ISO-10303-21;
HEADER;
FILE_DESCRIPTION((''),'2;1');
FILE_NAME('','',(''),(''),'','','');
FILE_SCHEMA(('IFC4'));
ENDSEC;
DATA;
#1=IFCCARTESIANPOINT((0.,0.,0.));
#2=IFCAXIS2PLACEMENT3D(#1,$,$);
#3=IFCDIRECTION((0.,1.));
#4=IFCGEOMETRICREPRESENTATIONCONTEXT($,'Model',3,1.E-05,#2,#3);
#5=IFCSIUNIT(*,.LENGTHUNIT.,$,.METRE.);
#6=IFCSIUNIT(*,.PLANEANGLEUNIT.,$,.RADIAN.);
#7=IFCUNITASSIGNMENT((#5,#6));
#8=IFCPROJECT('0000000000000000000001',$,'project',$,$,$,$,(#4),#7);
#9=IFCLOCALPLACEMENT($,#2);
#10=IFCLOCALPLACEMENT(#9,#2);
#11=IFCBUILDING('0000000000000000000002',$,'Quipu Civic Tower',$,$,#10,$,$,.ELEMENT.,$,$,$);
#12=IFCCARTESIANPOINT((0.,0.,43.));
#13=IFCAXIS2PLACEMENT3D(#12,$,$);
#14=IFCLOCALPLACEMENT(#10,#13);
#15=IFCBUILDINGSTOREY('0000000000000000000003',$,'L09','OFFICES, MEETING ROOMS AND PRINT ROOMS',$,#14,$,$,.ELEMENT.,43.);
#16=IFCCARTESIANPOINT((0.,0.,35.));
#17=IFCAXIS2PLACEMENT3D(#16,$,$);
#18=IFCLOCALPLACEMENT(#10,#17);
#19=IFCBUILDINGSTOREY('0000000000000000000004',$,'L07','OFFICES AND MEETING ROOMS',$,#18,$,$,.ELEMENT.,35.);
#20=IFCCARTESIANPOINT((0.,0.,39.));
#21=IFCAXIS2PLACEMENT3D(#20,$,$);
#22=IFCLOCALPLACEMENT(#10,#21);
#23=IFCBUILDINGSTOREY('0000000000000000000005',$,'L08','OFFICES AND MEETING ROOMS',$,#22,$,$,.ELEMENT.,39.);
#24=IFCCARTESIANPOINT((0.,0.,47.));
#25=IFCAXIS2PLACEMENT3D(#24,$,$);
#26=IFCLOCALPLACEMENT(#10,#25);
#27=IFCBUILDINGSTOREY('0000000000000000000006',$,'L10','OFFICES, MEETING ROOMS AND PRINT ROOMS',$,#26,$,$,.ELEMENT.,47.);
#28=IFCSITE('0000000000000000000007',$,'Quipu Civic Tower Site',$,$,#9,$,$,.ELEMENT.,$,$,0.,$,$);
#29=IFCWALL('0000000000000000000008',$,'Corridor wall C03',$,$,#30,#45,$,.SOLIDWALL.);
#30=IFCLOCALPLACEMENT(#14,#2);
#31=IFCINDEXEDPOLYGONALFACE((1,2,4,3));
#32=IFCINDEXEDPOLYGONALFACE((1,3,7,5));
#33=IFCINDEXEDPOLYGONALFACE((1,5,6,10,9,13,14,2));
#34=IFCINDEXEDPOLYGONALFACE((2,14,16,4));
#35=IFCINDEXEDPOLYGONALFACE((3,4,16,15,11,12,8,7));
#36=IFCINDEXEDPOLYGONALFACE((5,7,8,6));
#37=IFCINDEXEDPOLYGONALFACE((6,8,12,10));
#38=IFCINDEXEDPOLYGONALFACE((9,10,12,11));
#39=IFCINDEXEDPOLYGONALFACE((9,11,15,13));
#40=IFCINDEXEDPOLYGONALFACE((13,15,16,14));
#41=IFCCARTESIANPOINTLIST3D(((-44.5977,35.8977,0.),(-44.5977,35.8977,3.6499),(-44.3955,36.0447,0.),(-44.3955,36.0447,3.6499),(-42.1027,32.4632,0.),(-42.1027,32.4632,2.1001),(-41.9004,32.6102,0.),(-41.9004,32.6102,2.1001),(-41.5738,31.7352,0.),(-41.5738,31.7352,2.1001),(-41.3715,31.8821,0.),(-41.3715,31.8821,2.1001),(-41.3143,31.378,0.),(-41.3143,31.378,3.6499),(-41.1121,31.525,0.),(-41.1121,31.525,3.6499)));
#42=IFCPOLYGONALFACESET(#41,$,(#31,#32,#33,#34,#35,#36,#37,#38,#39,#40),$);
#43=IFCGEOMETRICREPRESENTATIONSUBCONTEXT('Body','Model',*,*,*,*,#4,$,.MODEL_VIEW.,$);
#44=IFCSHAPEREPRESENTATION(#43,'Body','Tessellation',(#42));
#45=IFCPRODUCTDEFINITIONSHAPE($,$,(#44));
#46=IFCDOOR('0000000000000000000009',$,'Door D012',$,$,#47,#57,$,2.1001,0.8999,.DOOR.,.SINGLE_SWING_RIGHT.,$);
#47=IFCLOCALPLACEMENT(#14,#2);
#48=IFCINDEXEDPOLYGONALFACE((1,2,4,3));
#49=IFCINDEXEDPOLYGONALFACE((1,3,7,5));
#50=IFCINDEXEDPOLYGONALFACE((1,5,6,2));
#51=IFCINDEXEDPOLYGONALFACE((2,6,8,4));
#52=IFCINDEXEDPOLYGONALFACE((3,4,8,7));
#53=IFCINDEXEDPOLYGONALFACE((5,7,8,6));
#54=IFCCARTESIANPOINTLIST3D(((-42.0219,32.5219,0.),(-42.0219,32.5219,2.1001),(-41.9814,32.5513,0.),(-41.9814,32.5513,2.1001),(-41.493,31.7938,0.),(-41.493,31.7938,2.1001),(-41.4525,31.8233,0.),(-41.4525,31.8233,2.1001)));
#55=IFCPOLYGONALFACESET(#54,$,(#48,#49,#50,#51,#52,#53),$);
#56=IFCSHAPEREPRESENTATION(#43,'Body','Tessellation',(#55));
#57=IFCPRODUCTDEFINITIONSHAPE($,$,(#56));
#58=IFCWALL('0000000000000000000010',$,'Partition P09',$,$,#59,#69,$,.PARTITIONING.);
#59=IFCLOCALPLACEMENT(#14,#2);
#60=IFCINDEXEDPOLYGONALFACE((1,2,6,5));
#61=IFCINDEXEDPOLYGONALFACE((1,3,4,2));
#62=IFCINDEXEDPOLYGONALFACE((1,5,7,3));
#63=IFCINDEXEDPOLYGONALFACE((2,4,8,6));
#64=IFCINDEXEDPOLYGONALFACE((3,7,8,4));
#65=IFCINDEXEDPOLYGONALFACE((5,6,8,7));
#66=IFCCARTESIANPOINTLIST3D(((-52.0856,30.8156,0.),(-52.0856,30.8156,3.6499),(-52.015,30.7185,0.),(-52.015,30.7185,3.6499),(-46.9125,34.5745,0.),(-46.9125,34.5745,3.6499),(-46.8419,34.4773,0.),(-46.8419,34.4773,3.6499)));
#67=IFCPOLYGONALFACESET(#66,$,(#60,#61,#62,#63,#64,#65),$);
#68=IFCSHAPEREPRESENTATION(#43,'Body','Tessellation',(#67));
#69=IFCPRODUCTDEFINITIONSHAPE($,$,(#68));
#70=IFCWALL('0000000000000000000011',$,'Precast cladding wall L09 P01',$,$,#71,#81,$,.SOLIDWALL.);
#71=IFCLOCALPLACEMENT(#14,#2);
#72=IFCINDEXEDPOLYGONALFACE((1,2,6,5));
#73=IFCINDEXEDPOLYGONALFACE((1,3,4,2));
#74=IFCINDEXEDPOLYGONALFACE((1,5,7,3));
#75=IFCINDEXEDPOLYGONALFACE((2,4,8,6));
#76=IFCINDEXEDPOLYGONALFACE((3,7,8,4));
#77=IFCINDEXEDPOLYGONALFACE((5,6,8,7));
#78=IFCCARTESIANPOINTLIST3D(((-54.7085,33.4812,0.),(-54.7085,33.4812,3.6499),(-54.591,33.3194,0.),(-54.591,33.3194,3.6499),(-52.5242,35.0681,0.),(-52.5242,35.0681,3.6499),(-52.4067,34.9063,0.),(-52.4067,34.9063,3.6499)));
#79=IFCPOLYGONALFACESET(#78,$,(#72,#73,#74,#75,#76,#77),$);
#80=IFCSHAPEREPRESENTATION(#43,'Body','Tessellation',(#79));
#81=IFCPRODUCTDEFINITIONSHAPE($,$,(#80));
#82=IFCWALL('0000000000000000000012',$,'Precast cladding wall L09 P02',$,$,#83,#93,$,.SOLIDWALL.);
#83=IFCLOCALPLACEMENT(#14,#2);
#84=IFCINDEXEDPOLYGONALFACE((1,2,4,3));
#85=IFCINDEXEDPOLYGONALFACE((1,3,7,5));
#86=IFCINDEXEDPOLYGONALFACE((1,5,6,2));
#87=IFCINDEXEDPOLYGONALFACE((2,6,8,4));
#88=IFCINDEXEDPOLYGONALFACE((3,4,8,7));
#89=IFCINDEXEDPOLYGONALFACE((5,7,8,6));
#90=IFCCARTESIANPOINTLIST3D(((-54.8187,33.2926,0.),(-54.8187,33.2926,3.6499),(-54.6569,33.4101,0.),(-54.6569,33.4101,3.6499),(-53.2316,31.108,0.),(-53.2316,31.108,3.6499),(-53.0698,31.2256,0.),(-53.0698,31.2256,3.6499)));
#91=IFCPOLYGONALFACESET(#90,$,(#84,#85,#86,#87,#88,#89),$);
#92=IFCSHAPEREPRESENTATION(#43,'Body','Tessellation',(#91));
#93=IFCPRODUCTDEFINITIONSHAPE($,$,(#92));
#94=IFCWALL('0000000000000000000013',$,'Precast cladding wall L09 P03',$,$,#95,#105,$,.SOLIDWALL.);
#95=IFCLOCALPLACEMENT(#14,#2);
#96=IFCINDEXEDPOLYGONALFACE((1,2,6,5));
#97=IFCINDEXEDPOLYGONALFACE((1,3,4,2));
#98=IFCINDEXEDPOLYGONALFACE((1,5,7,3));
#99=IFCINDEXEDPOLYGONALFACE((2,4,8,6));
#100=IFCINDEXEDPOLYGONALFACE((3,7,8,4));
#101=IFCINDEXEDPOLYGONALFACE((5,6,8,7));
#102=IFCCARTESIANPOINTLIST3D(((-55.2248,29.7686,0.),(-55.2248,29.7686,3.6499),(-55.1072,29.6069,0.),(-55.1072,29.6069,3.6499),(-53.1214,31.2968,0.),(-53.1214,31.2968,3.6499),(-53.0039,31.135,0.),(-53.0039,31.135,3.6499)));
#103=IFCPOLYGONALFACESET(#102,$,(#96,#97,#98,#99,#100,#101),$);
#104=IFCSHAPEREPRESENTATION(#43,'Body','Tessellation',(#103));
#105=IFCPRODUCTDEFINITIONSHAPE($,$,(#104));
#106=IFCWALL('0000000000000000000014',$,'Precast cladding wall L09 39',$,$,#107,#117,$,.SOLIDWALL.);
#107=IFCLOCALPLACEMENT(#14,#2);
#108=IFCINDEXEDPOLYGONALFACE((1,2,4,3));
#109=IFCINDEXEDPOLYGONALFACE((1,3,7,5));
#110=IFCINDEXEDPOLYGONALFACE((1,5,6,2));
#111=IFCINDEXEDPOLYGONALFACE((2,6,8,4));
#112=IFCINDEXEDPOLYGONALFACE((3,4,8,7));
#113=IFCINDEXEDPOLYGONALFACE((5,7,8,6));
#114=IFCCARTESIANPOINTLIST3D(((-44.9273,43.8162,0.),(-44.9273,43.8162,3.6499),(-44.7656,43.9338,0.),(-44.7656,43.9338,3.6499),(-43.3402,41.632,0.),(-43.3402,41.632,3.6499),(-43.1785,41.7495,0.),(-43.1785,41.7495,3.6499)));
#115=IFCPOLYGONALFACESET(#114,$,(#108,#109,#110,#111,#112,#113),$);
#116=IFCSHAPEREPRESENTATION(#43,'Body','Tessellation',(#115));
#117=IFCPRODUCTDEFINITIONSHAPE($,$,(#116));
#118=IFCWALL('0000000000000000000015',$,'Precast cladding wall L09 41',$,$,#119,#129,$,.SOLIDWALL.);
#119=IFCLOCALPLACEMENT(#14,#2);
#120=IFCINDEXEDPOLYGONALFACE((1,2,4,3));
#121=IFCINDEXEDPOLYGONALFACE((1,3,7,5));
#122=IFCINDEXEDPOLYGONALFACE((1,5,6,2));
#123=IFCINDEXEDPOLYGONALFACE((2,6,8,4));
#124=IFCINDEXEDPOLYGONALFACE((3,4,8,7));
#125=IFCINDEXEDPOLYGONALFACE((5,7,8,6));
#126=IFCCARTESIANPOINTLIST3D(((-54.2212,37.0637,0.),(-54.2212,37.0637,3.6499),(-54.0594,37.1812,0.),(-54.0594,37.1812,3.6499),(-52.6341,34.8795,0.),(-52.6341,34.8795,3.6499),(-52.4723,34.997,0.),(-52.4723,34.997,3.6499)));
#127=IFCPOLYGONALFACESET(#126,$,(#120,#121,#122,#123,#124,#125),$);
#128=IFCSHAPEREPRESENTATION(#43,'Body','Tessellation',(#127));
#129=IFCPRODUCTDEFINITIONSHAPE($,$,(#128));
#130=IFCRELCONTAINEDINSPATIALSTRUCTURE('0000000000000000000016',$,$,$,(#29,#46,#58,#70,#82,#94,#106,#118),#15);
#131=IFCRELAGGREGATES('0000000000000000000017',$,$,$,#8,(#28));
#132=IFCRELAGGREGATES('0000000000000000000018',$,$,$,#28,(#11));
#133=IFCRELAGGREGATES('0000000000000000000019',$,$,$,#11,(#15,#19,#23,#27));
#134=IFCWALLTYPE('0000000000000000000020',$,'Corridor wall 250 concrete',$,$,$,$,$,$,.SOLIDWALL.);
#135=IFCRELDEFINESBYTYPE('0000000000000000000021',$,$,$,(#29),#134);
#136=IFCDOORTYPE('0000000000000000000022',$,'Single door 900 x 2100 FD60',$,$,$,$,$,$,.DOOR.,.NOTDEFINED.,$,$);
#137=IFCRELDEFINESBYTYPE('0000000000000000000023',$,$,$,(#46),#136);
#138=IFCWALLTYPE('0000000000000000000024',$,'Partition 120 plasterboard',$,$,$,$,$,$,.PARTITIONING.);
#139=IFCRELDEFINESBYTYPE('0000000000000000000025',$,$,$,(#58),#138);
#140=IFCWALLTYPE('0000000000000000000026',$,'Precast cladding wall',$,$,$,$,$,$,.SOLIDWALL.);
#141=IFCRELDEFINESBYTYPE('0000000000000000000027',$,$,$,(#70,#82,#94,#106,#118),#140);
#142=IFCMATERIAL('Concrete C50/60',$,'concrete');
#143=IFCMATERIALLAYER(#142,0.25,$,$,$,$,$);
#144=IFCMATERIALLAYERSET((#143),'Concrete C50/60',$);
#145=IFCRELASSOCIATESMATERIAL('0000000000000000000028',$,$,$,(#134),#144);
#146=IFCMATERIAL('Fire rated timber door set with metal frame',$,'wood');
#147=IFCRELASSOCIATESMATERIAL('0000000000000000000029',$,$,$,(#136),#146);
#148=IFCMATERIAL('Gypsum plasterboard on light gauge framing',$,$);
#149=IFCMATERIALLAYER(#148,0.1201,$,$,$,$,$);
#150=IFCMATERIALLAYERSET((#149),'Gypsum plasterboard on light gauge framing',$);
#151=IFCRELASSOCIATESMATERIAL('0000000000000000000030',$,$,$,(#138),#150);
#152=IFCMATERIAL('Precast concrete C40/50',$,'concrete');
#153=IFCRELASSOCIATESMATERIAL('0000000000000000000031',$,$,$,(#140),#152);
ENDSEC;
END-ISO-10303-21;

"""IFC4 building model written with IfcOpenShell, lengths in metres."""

from ifc_helpers import new_model, si_unit, direction, frame, frame_2d, origin, place, context, subcontext, project, spatial, rectangle, extrude, material, layer, layer_set, type_object, element, fill, save


model = new_model("IFC4")

# Units and contexts
model_context = context("Model", 3, precision=1e-05, world=origin(), true_north=direction((0.0, 1.0)))
body_context = subcontext(model_context, "Body", "Model", "MODEL_VIEW")
ifc_project = project(units=[si_unit("LENGTHUNIT", "METRE"), si_unit("PLANEANGLEUNIT", "RADIAN")], contexts=[model_context])

# Site, building, storey
site_placement = place(None, origin())
site = spatial("IfcSite", under=ifc_project, at=site_placement, Name="Quipu Civic Tower Site", CompositionType="ELEMENT", RefElevation=0.0)
building_placement = place(site_placement, origin())
building = spatial("IfcBuilding", under=site, at=building_placement, Name="Quipu Civic Tower", CompositionType="ELEMENT")
storey_1_placement = place(building_placement, frame((0.0, 0.0, 43.0)))
storey_1 = spatial("IfcBuildingStorey", under=building, at=storey_1_placement, Name="L09", Description="OFFICES, MEETING ROOMS AND PRINT ROOMS", CompositionType="ELEMENT", Elevation=43.0)

# Shared definitions
storey_2_placement = place(building_placement, frame((0.0, 0.0, 35.0)))
storey_2 = spatial("IfcBuildingStorey", under=building, at=storey_2_placement, Name="L07", Description="OFFICES AND MEETING ROOMS", CompositionType="ELEMENT", Elevation=35.0)

# Shared definitions
storey_3_placement = place(building_placement, frame((0.0, 0.0, 39.0)))
storey_3 = spatial("IfcBuildingStorey", under=building, at=storey_3_placement, Name="L08", Description="OFFICES AND MEETING ROOMS", CompositionType="ELEMENT", Elevation=39.0)

# Shared definitions
storey_4_placement = place(building_placement, frame((0.0, 0.0, 47.0)))
storey_4 = spatial("IfcBuildingStorey", under=building, at=storey_4_placement, Name="L10", Description="OFFICES, MEETING ROOMS AND PRINT ROOMS", CompositionType="ELEMENT", Elevation=47.0)

# Wall, opening, door
ifc_material_1 = material(Name="Concrete C50/60", Category="concrete")
ifc_layer_1 = layer(ifc_material_1, 0.25)
ifc_layer_set_1 = layer_set([ifc_layer_1], Name="Concrete C50/60")
wall_type_1 = type_object("IfcWallType", Name="Corridor wall 250 concrete", PredefinedType="SOLIDWALL", material=ifc_layer_set_1)
wall_1_placement = place(storey_1_placement, frame((-44.4966, 35.9712, 0.0), z_axis=(0.0, 0.0, 1.0), x_axis=(0.587743, -0.809048, 0.0)))
wall_1 = element("IfcWall", 1, at=wall_1_placement, inside=storey_1, type_object=wall_type_1, Name="Corridor wall C03", PredefinedType="SOLIDWALL", context=body_context, shape_type="SweptSolid", body=[
    extrude(rectangle(XDim=5.5864, YDim=0.25, at=frame_2d((2.7932, 0.0))), origin(), (0.0, 0.0, 1.0), 3.6499),
])
opening_1_placement = place(wall_1_placement, frame((4.2451, 0.0, 0.0)))
opening_1 = element("IfcOpeningElement", 2, at=opening_1_placement, cuts=wall_1, PredefinedType="OPENING", context=body_context, shape_type="SweptSolid", body=[
    extrude(rectangle(XDim=0.8999, YDim=2.1001, at=frame_2d((0.45, 1.05))), frame((0.0, 0.135, 0.0), z_axis=(0.0, -1.0, 0.0), x_axis=(1.0, 0.0, 0.0)), (0.0, 0.0, 1.0), 0.27),
])
ifc_material_2 = material(Name="Fire rated timber door set with metal frame", Category="wood")
door_type_1 = type_object("IfcDoorType", Name="Single door 900 x 2100 FD60", OperationType="NOTDEFINED", PredefinedType="DOOR", material=ifc_material_2)
door_1_placement = place(opening_1_placement, origin())
door_1 = element("IfcDoor", 3, at=door_1_placement, inside=storey_1, type_object=door_type_1, Name="Door D012", OperationType="SINGLE_SWING_RIGHT", OverallHeight=2.1001, OverallWidth=0.8999, PredefinedType="DOOR", context=body_context, shape_type="SweptSolid", body=[
    extrude(rectangle(XDim=0.8999, YDim=2.1001, at=frame_2d((0.45, 1.05))), frame((0.0, 0.0249, 0.0), z_axis=(0.0, -1.0, 0.0), x_axis=(1.0, 0.0, 0.0)), (0.0, 0.0, 1.0), 0.05),
])
fill(opening_1, door_1)

# Walls
ifc_material_3 = material(Name="Gypsum plasterboard on light gauge framing")
ifc_layer_2 = layer(ifc_material_3, 0.1201)
ifc_layer_set_2 = layer_set([ifc_layer_2], Name="Gypsum plasterboard on light gauge framing")
wall_type_2 = type_object("IfcWallType", Name="Partition 120 plasterboard", PredefinedType="PARTITIONING", material=ifc_layer_set_2)
wall_2_placement = place(storey_1_placement, frame((-46.8772, 34.5259, 0.0), z_axis=(0.0, 0.0, 1.0), x_axis=(-0.808994, -0.587817, 0.0)))
element("IfcWall", 4, at=wall_2_placement, inside=storey_1, type_object=wall_type_2, Name="Partition P09", PredefinedType="PARTITIONING", context=body_context, shape_type="SweptSolid", body=[
    extrude(rectangle(XDim=6.3945, YDim=0.1201, at=frame_2d((3.1973, 0.0))), origin(), (0.0, 0.0, 1.0), 3.6499),
])
ifc_material_4 = material(Name="Precast concrete C40/50", Category="concrete")
wall_type_3 = type_object("IfcWallType", Name="Precast cladding wall", PredefinedType="SOLIDWALL", material=ifc_material_4)
wall_3_placement = place(storey_1_placement, frame((-52.4653, 34.9873, 0.0), z_axis=(0.0, 0.0, 1.0), x_axis=(-0.809033, -0.587763, 0.0)))
element("IfcWall", 5, at=wall_3_placement, inside=storey_1, type_object=wall_type_3, Name="Precast cladding wall L09 P01", PredefinedType="SOLIDWALL", context=body_context, shape_type="SweptSolid", body=[
    extrude(rectangle(XDim=2.7, YDim=0.2, at=frame_2d((1.3501, 0.0))), origin(), (0.0, 0.0, 1.0), 3.6499),
])
wall_4_placement = place(storey_1_placement, frame((-54.7378, 33.3513, 0.0), z_axis=(0.0, 0.0, 1.0), x_axis=(0.587779, -0.809021, 0.0)))
element("IfcWall", 6, at=wall_4_placement, inside=storey_1, type_object=wall_type_3, Name="Precast cladding wall L09 P02", PredefinedType="SOLIDWALL", context=body_context, shape_type="SweptSolid", body=[
    extrude(rectangle(XDim=2.7002, YDim=0.2, at=frame_2d((1.3501, 0.0))), origin(), (0.0, 0.0, 1.0), 3.6499),
])
wall_5_placement = place(storey_1_placement, frame((-53.0627, 31.2158, 0.0), z_axis=(0.0, 0.0, 1.0), x_axis=(-0.809024, -0.587775, 0.0)))
element("IfcWall", 7, at=wall_5_placement, inside=storey_1, type_object=wall_type_3, Name="Precast cladding wall L09 P03", PredefinedType="SOLIDWALL", context=body_context, shape_type="SweptSolid", body=[
    extrude(rectangle(XDim=2.5999, YDim=0.2, at=frame_2d((1.2998, 0.0))), origin(), (0.0, 0.0, 1.0), 3.6499),
])
for number, where, z_axis, x_axis, name in (
    (8, (-43.2593, 41.6907, 0.0), (0.0, 0.0, 1.0), (-0.587822, 0.80899, 0.0), "Precast cladding wall L09 39"),
    (9, (-54.1404, 37.1226, 0.0), (0.0, 0.0, 1.0), (0.587822, -0.80899, 0.0), "Precast cladding wall L09 41"),
):
    element("IfcWall", number, at=place(storey_1_placement, frame(where, z_axis=z_axis, x_axis=x_axis)), inside=storey_1, type_object=wall_type_3, Name=name, PredefinedType="SOLIDWALL", context=body_context, shape_type="SweptSolid", body=[
        extrude(rectangle(XDim=2.7, YDim=0.2, at=frame_2d((1.3501, 0.0))), origin(), (0.0, 0.0, 1.0), 3.6499),
    ])

save(model, "model.ifc")
